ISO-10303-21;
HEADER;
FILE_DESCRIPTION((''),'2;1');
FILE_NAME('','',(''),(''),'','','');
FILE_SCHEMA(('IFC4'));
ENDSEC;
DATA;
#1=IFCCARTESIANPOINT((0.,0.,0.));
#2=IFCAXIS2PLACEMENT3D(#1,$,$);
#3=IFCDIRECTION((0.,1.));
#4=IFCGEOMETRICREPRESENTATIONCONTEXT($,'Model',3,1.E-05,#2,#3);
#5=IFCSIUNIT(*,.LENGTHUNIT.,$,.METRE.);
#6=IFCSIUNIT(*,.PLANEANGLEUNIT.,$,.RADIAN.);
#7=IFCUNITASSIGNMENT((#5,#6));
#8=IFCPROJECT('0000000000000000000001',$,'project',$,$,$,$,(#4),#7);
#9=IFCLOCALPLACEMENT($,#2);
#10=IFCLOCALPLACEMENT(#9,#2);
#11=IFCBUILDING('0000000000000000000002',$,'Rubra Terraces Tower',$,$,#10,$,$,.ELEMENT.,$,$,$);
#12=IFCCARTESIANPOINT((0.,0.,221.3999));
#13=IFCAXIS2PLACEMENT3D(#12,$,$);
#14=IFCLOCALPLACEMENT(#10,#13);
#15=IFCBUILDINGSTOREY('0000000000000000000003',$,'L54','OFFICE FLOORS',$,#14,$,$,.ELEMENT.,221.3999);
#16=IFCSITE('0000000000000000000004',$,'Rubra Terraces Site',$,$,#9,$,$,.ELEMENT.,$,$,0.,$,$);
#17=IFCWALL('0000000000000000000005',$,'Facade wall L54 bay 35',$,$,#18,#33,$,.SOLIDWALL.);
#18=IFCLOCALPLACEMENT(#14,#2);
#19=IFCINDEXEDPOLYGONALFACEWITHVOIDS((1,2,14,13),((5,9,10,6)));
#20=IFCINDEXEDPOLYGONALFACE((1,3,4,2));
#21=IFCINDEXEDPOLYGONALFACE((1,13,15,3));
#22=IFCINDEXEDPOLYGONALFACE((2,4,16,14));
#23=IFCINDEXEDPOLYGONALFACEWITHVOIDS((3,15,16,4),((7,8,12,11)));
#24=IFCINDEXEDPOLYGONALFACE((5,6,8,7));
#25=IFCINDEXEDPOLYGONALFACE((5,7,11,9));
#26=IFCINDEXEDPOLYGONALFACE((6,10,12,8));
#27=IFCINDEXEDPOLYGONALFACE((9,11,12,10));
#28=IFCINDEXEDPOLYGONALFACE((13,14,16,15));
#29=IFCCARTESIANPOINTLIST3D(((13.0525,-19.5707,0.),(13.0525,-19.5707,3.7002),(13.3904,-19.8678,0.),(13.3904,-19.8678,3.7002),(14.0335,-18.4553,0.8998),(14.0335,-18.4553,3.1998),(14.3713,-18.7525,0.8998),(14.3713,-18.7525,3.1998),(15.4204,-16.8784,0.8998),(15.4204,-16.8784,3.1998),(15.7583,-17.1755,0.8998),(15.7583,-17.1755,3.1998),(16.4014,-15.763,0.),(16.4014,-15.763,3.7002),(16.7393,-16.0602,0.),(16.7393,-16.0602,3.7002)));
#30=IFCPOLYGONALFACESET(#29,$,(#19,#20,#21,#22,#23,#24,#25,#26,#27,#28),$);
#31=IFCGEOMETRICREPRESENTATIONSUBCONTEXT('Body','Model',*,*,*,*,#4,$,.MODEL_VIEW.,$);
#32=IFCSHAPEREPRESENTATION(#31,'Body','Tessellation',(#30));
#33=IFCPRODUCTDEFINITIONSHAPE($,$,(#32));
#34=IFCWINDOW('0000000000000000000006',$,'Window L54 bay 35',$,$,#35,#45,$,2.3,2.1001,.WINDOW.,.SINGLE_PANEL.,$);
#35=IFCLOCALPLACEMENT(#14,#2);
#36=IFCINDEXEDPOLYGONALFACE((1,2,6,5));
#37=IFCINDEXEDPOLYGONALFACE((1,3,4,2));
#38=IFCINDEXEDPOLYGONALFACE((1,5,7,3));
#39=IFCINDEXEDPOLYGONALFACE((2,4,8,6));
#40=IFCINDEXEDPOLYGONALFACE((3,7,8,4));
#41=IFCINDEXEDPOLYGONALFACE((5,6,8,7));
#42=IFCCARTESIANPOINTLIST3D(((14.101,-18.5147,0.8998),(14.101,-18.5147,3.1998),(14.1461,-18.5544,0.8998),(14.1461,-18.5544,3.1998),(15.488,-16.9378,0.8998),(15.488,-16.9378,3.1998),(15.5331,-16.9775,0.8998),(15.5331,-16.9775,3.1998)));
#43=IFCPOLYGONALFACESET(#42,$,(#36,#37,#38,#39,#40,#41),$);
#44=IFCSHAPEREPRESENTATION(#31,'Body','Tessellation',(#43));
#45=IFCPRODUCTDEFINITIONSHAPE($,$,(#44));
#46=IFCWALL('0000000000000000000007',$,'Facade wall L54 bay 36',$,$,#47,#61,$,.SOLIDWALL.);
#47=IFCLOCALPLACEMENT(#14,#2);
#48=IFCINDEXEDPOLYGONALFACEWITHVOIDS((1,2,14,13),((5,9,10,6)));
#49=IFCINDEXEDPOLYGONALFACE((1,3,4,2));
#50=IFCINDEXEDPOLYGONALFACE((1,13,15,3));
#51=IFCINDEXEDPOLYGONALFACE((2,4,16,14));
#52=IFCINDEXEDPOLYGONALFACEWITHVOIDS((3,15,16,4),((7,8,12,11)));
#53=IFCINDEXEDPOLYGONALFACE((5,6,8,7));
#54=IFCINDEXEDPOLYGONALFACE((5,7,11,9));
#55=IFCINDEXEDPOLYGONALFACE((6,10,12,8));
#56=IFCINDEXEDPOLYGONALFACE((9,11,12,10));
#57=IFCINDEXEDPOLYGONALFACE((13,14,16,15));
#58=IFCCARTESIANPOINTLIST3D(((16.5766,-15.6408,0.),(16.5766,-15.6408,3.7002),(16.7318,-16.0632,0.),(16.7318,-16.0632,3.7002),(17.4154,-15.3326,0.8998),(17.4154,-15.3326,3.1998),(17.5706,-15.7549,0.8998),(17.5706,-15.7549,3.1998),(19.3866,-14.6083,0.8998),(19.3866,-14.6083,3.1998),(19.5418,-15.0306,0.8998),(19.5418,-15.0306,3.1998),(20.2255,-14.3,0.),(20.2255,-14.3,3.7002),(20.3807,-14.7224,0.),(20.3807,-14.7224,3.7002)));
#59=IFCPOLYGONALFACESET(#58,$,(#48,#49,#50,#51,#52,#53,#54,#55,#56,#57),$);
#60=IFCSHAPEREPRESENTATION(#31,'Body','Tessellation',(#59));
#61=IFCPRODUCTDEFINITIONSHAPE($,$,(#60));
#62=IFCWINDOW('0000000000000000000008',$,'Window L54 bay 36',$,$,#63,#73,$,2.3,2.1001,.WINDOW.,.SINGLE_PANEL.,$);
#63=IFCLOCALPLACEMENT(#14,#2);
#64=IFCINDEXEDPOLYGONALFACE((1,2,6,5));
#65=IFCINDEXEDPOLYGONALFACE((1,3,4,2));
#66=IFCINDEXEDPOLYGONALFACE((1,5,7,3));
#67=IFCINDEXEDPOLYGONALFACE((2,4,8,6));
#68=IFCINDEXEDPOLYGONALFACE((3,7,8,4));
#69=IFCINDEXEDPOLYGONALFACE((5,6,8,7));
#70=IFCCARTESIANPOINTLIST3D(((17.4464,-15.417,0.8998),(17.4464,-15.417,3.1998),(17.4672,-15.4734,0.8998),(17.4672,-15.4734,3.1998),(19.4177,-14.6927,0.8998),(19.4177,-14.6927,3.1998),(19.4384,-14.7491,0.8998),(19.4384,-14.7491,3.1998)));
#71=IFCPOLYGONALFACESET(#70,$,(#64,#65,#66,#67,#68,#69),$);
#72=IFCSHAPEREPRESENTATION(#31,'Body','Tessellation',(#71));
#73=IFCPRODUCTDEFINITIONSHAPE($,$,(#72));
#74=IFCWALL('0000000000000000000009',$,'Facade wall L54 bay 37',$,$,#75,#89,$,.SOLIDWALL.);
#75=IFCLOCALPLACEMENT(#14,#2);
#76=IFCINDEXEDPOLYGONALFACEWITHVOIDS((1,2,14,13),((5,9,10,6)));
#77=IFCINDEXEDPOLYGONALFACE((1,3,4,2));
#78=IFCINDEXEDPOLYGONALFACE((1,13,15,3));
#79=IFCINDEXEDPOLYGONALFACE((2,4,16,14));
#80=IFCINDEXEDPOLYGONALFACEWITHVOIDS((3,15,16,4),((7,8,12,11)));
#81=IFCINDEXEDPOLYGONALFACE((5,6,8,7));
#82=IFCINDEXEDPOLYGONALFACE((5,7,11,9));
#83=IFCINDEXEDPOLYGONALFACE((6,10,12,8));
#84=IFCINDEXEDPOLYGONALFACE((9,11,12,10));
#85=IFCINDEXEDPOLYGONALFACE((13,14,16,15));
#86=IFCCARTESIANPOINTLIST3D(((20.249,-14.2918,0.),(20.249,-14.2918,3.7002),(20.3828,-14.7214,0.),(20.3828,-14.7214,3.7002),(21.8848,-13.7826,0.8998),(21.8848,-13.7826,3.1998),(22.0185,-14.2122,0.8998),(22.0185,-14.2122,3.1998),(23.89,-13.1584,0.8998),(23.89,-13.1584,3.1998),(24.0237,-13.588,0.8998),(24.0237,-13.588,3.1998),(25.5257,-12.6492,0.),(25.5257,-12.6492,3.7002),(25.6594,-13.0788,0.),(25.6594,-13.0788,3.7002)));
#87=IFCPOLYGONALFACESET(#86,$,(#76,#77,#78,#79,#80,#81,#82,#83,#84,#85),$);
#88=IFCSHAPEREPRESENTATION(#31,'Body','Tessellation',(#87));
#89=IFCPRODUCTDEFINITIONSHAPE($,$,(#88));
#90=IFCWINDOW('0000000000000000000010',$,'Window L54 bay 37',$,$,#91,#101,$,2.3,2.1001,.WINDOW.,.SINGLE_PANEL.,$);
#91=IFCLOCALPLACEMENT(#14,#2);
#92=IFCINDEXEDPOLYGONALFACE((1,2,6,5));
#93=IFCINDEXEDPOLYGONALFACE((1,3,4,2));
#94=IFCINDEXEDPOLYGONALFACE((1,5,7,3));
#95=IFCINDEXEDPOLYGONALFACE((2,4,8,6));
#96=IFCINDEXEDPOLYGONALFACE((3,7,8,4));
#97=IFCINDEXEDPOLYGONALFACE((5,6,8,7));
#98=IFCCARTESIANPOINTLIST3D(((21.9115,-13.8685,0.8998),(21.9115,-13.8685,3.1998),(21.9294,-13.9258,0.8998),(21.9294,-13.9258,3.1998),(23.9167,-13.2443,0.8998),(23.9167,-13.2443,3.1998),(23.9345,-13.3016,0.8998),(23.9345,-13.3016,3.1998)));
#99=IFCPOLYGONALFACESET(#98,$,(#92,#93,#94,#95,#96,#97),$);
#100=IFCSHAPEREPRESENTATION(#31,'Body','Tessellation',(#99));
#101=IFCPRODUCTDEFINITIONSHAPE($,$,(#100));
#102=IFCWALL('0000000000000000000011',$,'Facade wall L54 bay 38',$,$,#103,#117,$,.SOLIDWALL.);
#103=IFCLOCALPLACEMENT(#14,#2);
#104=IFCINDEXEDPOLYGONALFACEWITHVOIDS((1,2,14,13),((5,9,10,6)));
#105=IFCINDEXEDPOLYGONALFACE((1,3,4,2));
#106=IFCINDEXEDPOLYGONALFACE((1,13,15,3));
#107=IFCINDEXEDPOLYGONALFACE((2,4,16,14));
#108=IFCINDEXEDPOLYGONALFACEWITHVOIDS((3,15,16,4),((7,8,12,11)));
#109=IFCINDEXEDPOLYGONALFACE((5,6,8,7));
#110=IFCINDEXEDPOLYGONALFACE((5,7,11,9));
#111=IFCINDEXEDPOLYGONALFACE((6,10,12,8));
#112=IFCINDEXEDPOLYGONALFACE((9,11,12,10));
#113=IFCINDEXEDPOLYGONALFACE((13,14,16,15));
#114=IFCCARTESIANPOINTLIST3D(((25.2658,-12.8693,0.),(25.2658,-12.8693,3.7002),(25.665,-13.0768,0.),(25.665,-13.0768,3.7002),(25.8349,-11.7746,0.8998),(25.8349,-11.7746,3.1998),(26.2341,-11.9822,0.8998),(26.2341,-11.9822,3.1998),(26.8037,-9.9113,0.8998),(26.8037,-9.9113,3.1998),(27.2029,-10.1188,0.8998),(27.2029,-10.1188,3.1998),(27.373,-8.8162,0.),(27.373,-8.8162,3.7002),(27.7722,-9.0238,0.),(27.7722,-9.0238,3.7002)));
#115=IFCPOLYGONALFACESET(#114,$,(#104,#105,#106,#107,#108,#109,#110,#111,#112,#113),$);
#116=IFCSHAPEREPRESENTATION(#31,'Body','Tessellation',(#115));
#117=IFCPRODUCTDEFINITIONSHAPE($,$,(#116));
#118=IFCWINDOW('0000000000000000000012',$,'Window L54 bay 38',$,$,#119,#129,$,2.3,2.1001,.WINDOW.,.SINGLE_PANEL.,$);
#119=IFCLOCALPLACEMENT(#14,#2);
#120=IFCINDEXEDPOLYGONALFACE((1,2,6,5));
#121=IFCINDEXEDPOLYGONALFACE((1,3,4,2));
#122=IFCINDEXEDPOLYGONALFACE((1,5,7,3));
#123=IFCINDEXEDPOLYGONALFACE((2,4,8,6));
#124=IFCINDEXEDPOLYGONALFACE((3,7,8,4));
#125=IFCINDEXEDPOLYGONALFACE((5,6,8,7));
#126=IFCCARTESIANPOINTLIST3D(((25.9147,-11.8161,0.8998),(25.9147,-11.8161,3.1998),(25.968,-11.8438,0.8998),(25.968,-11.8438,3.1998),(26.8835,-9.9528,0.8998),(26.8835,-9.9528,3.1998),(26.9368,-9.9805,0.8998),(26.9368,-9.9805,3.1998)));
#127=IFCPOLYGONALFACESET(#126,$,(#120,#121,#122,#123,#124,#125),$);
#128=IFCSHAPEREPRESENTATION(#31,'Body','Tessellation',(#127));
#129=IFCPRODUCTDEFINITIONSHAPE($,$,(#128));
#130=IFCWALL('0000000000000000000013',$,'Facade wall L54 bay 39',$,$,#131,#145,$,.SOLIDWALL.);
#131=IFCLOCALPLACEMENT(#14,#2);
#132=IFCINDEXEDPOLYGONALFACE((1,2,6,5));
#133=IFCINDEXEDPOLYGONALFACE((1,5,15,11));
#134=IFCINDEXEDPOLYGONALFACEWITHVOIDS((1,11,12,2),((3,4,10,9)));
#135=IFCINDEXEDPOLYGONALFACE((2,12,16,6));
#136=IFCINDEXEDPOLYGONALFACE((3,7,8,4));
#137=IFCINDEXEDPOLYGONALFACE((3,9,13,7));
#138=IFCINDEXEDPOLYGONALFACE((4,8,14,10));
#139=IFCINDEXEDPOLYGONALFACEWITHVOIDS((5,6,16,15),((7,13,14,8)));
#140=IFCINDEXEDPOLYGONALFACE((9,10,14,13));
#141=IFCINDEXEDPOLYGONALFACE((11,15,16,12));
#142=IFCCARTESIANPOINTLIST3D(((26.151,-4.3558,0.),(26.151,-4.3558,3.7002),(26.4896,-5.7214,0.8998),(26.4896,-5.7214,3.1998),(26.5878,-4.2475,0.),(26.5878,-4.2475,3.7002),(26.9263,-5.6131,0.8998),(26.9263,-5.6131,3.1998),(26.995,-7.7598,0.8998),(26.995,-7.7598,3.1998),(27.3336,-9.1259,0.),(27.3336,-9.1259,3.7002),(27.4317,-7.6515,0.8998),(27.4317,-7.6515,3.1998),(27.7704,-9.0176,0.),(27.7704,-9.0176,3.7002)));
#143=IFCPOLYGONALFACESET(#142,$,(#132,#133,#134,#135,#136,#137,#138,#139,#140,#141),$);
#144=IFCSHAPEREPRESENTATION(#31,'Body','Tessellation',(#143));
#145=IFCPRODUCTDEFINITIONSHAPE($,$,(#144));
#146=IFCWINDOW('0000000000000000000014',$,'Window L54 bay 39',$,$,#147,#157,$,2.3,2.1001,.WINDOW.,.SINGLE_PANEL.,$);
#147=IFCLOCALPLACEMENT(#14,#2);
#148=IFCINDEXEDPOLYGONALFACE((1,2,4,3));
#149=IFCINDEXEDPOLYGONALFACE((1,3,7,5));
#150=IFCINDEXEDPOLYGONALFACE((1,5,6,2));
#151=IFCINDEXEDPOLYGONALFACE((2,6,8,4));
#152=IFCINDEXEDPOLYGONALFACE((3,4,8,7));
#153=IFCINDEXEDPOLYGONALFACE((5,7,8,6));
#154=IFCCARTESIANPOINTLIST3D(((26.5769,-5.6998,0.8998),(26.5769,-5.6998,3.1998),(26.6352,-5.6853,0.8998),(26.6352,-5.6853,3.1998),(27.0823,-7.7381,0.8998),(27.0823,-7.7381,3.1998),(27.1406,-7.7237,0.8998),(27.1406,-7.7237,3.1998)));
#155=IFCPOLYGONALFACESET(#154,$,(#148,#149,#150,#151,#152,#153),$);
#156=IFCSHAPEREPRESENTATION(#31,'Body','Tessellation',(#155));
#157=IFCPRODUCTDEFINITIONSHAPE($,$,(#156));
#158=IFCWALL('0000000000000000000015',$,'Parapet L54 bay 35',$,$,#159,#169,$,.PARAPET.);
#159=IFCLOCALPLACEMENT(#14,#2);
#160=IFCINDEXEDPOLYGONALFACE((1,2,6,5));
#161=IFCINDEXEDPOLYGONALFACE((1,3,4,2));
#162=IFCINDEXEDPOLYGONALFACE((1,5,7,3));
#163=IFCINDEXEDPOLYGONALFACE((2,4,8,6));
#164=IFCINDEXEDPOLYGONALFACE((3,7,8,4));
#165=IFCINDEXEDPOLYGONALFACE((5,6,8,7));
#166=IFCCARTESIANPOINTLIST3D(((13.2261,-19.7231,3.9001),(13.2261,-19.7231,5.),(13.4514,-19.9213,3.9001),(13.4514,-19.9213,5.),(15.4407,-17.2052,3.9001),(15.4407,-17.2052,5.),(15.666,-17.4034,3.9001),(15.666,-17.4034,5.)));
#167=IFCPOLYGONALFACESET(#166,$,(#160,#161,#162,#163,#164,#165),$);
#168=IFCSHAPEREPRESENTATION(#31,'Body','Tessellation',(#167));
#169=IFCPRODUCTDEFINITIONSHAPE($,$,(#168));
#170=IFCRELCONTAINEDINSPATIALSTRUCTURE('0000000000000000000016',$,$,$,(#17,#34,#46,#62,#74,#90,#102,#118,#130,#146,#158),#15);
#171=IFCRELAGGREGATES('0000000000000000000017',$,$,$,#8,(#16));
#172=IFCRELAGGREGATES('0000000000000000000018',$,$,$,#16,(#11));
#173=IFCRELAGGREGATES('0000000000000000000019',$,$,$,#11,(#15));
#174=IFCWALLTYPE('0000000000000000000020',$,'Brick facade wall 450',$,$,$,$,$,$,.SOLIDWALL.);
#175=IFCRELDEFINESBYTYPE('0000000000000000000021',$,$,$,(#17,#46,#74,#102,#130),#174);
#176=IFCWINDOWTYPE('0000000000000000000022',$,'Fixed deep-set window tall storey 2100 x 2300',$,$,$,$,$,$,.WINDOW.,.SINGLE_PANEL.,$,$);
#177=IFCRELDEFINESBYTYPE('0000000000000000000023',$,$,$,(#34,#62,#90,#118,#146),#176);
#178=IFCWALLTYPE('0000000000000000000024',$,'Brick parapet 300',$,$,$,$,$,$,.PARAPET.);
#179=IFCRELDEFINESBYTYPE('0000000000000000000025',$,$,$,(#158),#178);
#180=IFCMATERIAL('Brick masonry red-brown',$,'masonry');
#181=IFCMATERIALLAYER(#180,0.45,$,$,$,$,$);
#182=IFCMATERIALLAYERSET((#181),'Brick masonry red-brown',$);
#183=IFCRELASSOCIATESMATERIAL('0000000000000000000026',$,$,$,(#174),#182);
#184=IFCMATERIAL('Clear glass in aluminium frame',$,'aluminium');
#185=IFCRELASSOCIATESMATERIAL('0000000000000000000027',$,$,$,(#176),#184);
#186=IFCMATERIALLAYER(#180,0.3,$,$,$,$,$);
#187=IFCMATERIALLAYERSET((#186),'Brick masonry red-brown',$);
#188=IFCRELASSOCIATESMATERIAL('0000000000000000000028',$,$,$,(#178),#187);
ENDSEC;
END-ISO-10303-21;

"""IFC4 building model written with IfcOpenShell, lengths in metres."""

from ifc_helpers import new_model, si_unit, direction, frame, frame_2d, origin, place, context, subcontext, project, spatial, rectangle, extrude, material, layer, layer_set, type_object, element, fill, save


model = new_model("IFC4")

# Units and contexts
model_context = context("Model", 3, precision=1e-05, world=origin(), true_north=direction((0.0, 1.0)))
body_context = subcontext(model_context, "Body", "Model", "MODEL_VIEW")
ifc_project = project(units=[si_unit("LENGTHUNIT", "METRE"), si_unit("PLANEANGLEUNIT", "RADIAN")], contexts=[model_context])

# Site, building, storey
site_placement = place(None, origin())
site = spatial("IfcSite", under=ifc_project, at=site_placement, Name="Rubra Terraces Site", CompositionType="ELEMENT", RefElevation=0.0)
building_placement = place(site_placement, origin())
building = spatial("IfcBuilding", under=site, at=building_placement, Name="Rubra Terraces Tower", CompositionType="ELEMENT")
storey_placement = place(building_placement, frame((0.0, 0.0, 221.3999)))
storey = spatial("IfcBuildingStorey", under=building, at=storey_placement, Name="L54", Description="OFFICE FLOORS", CompositionType="ELEMENT", Elevation=221.3999)

# Walls, openings, windows
ifc_material_1 = material(Name="Brick masonry red-brown", Category="masonry")
ifc_layer_1 = layer(ifc_material_1, 0.45)
ifc_layer_set_1 = layer_set([ifc_layer_1], Name="Brick masonry red-brown")
wall_type_1 = type_object("IfcWallType", Name="Brick facade wall 450", PredefinedType="SOLIDWALL", material=ifc_layer_set_1)
wall_1_placement = place(storey_placement, frame((13.2214, -19.7192, 0.0), z_axis=(0.0, 0.0, 1.0), x_axis=(0.660425, 0.750892, 0.0)))
wall_1 = element("IfcWall", 1, at=wall_1_placement, inside=storey, type_object=wall_type_1, Name="Facade wall L54 bay 35", PredefinedType="SOLIDWALL", context=body_context, shape_type="SweptSolid", body=[
    extrude(rectangle(XDim=5.0708, YDim=0.45, at=frame_2d((2.5354, 0.0))), origin(), (0.0, 0.0, 1.0), 3.7002),
])
opening_1_placement = place(wall_1_placement, frame((1.4854, 0.0, 0.8999)))
opening_1 = element("IfcOpeningElement", 2, at=opening_1_placement, cuts=wall_1, PredefinedType="OPENING", context=body_context, shape_type="SweptSolid", body=[
    extrude(rectangle(XDim=2.1001, YDim=2.3, at=frame_2d((1.05, 1.1499))), frame((0.0, 0.2349, 0.0), z_axis=(0.0, -1.0, 0.0), x_axis=(1.0, 0.0, 0.0)), (0.0, 0.0, 1.0), 0.47),
])
ifc_material_2 = material(Name="Clear glass in aluminium frame", Category="aluminium")
window_type = type_object("IfcWindowType", Name="Fixed deep-set window tall storey 2100 x 2300", PartitioningType="SINGLE_PANEL", PredefinedType="WINDOW", material=ifc_material_2)
window_1_placement = place(opening_1_placement, origin())
window_1 = element("IfcWindow", 3, at=window_1_placement, inside=storey, type_object=window_type, Name="Window L54 bay 35", OverallHeight=2.3, OverallWidth=2.1001, PartitioningType="SINGLE_PANEL", PredefinedType="WINDOW", context=body_context, shape_type="SweptSolid", body=[
    extrude(rectangle(XDim=2.1001, YDim=2.3, at=frame_2d((1.05, 1.1499))), frame((0.0, 0.135, 0.0), z_axis=(0.0, -1.0, 0.0), x_axis=(1.0, 0.0, 0.0)), (0.0, 0.0, 1.0), 0.0601),
])
fill(opening_1, window_1)
wall_2_placement = place(storey_placement, frame((16.6541, -15.8521, 0.0), z_axis=(0.0, 0.0, 1.0), x_axis=(0.938637, 0.344908, 0.0)))
wall_2 = element("IfcWall", 4, at=wall_2_placement, inside=storey, type_object=wall_type_1, Name="Facade wall L54 bay 36", PredefinedType="SOLIDWALL", context=body_context, shape_type="SweptSolid", body=[
    extrude(rectangle(XDim=3.8875, YDim=0.45, at=frame_2d((1.9438, 0.0))), origin(), (0.0, 0.0, 1.0), 3.7002),
])
opening_2_placement = place(wall_2_placement, frame((0.8938, 0.0, 0.8999)))
opening_2 = element("IfcOpeningElement", 5, at=opening_2_placement, cuts=wall_2, PredefinedType="OPENING", context=body_context, shape_type="SweptSolid", body=[
    extrude(rectangle(XDim=2.1001, YDim=2.3, at=frame_2d((1.05, 1.1499))), frame((0.0, 0.2349, 0.0), z_axis=(0.0, -1.0, 0.0), x_axis=(1.0, 0.0, 0.0)), (0.0, 0.0, 1.0), 0.47),
])
window_2_placement = place(opening_2_placement, origin())
window_2 = element("IfcWindow", 6, at=window_2_placement, inside=storey, type_object=window_type, Name="Window L54 bay 36", OverallHeight=2.3, OverallWidth=2.1001, PartitioningType="SINGLE_PANEL", PredefinedType="WINDOW", context=body_context, shape_type="SweptSolid", body=[
    extrude(rectangle(XDim=2.1001, YDim=2.3, at=frame_2d((1.05, 1.1499))), frame((0.0, 0.135, 0.0), z_axis=(0.0, -1.0, 0.0), x_axis=(1.0, 0.0, 0.0)), (0.0, 0.0, 1.0), 0.0601),
])
fill(opening_2, window_2)
wall_3_placement = place(storey_placement, frame((20.3159, -14.5066, 0.0), z_axis=(0.0, 0.0, 1.0), x_axis=(0.954807, 0.297226, 0.0)))
wall_3 = element("IfcWall", 7, at=wall_3_placement, inside=storey, type_object=wall_type_1, Name="Facade wall L54 bay 37", PredefinedType="SOLIDWALL", context=body_context, shape_type="SweptSolid", body=[
    extrude(rectangle(XDim=5.5264, YDim=0.45, at=frame_2d((2.7632, 0.0))), origin(), (0.0, 0.0, 1.0), 3.7002),
])
opening_3_placement = place(wall_3_placement, frame((1.7131, 0.0, 0.8999)))
opening_3 = element("IfcOpeningElement", 8, at=opening_3_placement, cuts=wall_3, PredefinedType="OPENING", context=body_context, shape_type="SweptSolid", body=[
    extrude(rectangle(XDim=2.1001, YDim=2.3, at=frame_2d((1.05, 1.1499))), frame((0.0, 0.2349, 0.0), z_axis=(0.0, -1.0, 0.0), x_axis=(1.0, 0.0, 0.0)), (0.0, 0.0, 1.0), 0.47),
])
window_3_placement = place(opening_3_placement, origin())
window_3 = element("IfcWindow", 9, at=window_3_placement, inside=storey, type_object=window_type, Name="Window L54 bay 37", OverallHeight=2.3, OverallWidth=2.1001, PartitioningType="SINGLE_PANEL", PredefinedType="WINDOW", context=body_context, shape_type="SweptSolid", body=[
    extrude(rectangle(XDim=2.1001, YDim=2.3, at=frame_2d((1.05, 1.1499))), frame((0.0, 0.135, 0.0), z_axis=(0.0, -1.0, 0.0), x_axis=(1.0, 0.0, 0.0)), (0.0, 0.0, 1.0), 0.0601),
])
fill(opening_3, window_3)
wall_4_placement = place(storey_placement, frame((25.4653, -12.9731, 0.0), z_axis=(0.0, 0.0, 1.0), x_axis=(0.461289, 0.88725, 0.0)))
wall_4 = element("IfcWall", 10, at=wall_4_placement, inside=storey, type_object=wall_type_1, Name="Facade wall L54 bay 38", PredefinedType="SOLIDWALL", context=body_context, shape_type="SweptSolid", body=[
    extrude(rectangle(XDim=4.5681, YDim=0.45, at=frame_2d((2.2842, 0.0))), origin(), (0.0, 0.0, 1.0), 3.7002),
])
opening_4_placement = place(wall_4_placement, frame((1.2339, 0.0, 0.8999)))
opening_4 = element("IfcOpeningElement", 11, at=opening_4_placement, cuts=wall_4, PredefinedType="OPENING", context=body_context, shape_type="SweptSolid", body=[
    extrude(rectangle(XDim=2.1001, YDim=2.3, at=frame_2d((1.05, 1.1499))), frame((0.0, 0.2349, 0.0), z_axis=(0.0, -1.0, 0.0), x_axis=(1.0, 0.0, 0.0)), (0.0, 0.0, 1.0), 0.47),
])
window_4_placement = place(opening_4_placement, origin())
window_4 = element("IfcWindow", 12, at=window_4_placement, inside=storey, type_object=window_type, Name="Window L54 bay 38", OverallHeight=2.3, OverallWidth=2.1001, PartitioningType="SINGLE_PANEL", PredefinedType="WINDOW", context=body_context, shape_type="SweptSolid", body=[
    extrude(rectangle(XDim=2.1001, YDim=2.3, at=frame_2d((1.05, 1.1499))), frame((0.0, 0.135, 0.0), z_axis=(0.0, -1.0, 0.0), x_axis=(1.0, 0.0, 0.0)), (0.0, 0.0, 1.0), 0.0601),
])
fill(opening_4, window_4)
wall_5_placement = place(storey_placement, frame((27.552, -9.0718, 0.0), z_axis=(0.0, 0.0, 1.0), x_axis=(-0.24063, 0.970617, 0.0)))
wall_5 = element("IfcWall", 13, at=wall_5_placement, inside=storey, type_object=wall_type_1, Name="Facade wall L54 bay 39", PredefinedType="SOLIDWALL", context=body_context, shape_type="SweptSolid", body=[
    extrude(rectangle(XDim=4.9146, YDim=0.45, at=frame_2d((2.4573, 0.0))), origin(), (0.0, 0.0, 1.0), 3.7002),
])
opening_5_placement = place(wall_5_placement, frame((1.4075, 0.0, 0.8999)))
opening_5 = element("IfcOpeningElement", 14, at=opening_5_placement, cuts=wall_5, PredefinedType="OPENING", context=body_context, shape_type="SweptSolid", body=[
    extrude(rectangle(XDim=2.1001, YDim=2.3, at=frame_2d((1.05, 1.1499))), frame((0.0, 0.2349, 0.0), z_axis=(0.0, -1.0, 0.0), x_axis=(1.0, 0.0, 0.0)), (0.0, 0.0, 1.0), 0.47),
])
window_5_placement = place(opening_5_placement, origin())
window_5 = element("IfcWindow", 15, at=window_5_placement, inside=storey, type_object=window_type, Name="Window L54 bay 39", OverallHeight=2.3, OverallWidth=2.1001, PartitioningType="SINGLE_PANEL", PredefinedType="WINDOW", context=body_context, shape_type="SweptSolid", body=[
    extrude(rectangle(XDim=2.1001, YDim=2.3, at=frame_2d((1.05, 1.1499))), frame((0.0, 0.135, 0.0), z_axis=(0.0, -1.0, 0.0), x_axis=(1.0, 0.0, 0.0)), (0.0, 0.0, 1.0), 0.0601),
])
fill(opening_5, window_5)

# Wall
ifc_layer_2 = layer(ifc_material_1, 0.3)
ifc_layer_set_2 = layer_set([ifc_layer_2], Name="Brick masonry red-brown")
wall_type_2 = type_object("IfcWallType", Name="Brick parapet 300", PredefinedType="PARAPET", material=ifc_layer_set_2)
wall_6_placement = place(storey_placement, frame((13.3386, -19.8223, 3.9001), z_axis=(0.0, 0.0, 1.0), x_axis=(0.660446, 0.750874, 0.0)))
element("IfcWall", 16, at=wall_6_placement, inside=storey, type_object=wall_type_2, Name="Parapet L54 bay 35", PredefinedType="PARAPET", context=body_context, shape_type="SweptSolid", body=[
    extrude(rectangle(XDim=3.3533, YDim=0.3, at=frame_2d((1.6768, 0.0))), origin(), (0.0, 0.0, 1.0), 1.0999),
])

save(model, "model.ifc")
